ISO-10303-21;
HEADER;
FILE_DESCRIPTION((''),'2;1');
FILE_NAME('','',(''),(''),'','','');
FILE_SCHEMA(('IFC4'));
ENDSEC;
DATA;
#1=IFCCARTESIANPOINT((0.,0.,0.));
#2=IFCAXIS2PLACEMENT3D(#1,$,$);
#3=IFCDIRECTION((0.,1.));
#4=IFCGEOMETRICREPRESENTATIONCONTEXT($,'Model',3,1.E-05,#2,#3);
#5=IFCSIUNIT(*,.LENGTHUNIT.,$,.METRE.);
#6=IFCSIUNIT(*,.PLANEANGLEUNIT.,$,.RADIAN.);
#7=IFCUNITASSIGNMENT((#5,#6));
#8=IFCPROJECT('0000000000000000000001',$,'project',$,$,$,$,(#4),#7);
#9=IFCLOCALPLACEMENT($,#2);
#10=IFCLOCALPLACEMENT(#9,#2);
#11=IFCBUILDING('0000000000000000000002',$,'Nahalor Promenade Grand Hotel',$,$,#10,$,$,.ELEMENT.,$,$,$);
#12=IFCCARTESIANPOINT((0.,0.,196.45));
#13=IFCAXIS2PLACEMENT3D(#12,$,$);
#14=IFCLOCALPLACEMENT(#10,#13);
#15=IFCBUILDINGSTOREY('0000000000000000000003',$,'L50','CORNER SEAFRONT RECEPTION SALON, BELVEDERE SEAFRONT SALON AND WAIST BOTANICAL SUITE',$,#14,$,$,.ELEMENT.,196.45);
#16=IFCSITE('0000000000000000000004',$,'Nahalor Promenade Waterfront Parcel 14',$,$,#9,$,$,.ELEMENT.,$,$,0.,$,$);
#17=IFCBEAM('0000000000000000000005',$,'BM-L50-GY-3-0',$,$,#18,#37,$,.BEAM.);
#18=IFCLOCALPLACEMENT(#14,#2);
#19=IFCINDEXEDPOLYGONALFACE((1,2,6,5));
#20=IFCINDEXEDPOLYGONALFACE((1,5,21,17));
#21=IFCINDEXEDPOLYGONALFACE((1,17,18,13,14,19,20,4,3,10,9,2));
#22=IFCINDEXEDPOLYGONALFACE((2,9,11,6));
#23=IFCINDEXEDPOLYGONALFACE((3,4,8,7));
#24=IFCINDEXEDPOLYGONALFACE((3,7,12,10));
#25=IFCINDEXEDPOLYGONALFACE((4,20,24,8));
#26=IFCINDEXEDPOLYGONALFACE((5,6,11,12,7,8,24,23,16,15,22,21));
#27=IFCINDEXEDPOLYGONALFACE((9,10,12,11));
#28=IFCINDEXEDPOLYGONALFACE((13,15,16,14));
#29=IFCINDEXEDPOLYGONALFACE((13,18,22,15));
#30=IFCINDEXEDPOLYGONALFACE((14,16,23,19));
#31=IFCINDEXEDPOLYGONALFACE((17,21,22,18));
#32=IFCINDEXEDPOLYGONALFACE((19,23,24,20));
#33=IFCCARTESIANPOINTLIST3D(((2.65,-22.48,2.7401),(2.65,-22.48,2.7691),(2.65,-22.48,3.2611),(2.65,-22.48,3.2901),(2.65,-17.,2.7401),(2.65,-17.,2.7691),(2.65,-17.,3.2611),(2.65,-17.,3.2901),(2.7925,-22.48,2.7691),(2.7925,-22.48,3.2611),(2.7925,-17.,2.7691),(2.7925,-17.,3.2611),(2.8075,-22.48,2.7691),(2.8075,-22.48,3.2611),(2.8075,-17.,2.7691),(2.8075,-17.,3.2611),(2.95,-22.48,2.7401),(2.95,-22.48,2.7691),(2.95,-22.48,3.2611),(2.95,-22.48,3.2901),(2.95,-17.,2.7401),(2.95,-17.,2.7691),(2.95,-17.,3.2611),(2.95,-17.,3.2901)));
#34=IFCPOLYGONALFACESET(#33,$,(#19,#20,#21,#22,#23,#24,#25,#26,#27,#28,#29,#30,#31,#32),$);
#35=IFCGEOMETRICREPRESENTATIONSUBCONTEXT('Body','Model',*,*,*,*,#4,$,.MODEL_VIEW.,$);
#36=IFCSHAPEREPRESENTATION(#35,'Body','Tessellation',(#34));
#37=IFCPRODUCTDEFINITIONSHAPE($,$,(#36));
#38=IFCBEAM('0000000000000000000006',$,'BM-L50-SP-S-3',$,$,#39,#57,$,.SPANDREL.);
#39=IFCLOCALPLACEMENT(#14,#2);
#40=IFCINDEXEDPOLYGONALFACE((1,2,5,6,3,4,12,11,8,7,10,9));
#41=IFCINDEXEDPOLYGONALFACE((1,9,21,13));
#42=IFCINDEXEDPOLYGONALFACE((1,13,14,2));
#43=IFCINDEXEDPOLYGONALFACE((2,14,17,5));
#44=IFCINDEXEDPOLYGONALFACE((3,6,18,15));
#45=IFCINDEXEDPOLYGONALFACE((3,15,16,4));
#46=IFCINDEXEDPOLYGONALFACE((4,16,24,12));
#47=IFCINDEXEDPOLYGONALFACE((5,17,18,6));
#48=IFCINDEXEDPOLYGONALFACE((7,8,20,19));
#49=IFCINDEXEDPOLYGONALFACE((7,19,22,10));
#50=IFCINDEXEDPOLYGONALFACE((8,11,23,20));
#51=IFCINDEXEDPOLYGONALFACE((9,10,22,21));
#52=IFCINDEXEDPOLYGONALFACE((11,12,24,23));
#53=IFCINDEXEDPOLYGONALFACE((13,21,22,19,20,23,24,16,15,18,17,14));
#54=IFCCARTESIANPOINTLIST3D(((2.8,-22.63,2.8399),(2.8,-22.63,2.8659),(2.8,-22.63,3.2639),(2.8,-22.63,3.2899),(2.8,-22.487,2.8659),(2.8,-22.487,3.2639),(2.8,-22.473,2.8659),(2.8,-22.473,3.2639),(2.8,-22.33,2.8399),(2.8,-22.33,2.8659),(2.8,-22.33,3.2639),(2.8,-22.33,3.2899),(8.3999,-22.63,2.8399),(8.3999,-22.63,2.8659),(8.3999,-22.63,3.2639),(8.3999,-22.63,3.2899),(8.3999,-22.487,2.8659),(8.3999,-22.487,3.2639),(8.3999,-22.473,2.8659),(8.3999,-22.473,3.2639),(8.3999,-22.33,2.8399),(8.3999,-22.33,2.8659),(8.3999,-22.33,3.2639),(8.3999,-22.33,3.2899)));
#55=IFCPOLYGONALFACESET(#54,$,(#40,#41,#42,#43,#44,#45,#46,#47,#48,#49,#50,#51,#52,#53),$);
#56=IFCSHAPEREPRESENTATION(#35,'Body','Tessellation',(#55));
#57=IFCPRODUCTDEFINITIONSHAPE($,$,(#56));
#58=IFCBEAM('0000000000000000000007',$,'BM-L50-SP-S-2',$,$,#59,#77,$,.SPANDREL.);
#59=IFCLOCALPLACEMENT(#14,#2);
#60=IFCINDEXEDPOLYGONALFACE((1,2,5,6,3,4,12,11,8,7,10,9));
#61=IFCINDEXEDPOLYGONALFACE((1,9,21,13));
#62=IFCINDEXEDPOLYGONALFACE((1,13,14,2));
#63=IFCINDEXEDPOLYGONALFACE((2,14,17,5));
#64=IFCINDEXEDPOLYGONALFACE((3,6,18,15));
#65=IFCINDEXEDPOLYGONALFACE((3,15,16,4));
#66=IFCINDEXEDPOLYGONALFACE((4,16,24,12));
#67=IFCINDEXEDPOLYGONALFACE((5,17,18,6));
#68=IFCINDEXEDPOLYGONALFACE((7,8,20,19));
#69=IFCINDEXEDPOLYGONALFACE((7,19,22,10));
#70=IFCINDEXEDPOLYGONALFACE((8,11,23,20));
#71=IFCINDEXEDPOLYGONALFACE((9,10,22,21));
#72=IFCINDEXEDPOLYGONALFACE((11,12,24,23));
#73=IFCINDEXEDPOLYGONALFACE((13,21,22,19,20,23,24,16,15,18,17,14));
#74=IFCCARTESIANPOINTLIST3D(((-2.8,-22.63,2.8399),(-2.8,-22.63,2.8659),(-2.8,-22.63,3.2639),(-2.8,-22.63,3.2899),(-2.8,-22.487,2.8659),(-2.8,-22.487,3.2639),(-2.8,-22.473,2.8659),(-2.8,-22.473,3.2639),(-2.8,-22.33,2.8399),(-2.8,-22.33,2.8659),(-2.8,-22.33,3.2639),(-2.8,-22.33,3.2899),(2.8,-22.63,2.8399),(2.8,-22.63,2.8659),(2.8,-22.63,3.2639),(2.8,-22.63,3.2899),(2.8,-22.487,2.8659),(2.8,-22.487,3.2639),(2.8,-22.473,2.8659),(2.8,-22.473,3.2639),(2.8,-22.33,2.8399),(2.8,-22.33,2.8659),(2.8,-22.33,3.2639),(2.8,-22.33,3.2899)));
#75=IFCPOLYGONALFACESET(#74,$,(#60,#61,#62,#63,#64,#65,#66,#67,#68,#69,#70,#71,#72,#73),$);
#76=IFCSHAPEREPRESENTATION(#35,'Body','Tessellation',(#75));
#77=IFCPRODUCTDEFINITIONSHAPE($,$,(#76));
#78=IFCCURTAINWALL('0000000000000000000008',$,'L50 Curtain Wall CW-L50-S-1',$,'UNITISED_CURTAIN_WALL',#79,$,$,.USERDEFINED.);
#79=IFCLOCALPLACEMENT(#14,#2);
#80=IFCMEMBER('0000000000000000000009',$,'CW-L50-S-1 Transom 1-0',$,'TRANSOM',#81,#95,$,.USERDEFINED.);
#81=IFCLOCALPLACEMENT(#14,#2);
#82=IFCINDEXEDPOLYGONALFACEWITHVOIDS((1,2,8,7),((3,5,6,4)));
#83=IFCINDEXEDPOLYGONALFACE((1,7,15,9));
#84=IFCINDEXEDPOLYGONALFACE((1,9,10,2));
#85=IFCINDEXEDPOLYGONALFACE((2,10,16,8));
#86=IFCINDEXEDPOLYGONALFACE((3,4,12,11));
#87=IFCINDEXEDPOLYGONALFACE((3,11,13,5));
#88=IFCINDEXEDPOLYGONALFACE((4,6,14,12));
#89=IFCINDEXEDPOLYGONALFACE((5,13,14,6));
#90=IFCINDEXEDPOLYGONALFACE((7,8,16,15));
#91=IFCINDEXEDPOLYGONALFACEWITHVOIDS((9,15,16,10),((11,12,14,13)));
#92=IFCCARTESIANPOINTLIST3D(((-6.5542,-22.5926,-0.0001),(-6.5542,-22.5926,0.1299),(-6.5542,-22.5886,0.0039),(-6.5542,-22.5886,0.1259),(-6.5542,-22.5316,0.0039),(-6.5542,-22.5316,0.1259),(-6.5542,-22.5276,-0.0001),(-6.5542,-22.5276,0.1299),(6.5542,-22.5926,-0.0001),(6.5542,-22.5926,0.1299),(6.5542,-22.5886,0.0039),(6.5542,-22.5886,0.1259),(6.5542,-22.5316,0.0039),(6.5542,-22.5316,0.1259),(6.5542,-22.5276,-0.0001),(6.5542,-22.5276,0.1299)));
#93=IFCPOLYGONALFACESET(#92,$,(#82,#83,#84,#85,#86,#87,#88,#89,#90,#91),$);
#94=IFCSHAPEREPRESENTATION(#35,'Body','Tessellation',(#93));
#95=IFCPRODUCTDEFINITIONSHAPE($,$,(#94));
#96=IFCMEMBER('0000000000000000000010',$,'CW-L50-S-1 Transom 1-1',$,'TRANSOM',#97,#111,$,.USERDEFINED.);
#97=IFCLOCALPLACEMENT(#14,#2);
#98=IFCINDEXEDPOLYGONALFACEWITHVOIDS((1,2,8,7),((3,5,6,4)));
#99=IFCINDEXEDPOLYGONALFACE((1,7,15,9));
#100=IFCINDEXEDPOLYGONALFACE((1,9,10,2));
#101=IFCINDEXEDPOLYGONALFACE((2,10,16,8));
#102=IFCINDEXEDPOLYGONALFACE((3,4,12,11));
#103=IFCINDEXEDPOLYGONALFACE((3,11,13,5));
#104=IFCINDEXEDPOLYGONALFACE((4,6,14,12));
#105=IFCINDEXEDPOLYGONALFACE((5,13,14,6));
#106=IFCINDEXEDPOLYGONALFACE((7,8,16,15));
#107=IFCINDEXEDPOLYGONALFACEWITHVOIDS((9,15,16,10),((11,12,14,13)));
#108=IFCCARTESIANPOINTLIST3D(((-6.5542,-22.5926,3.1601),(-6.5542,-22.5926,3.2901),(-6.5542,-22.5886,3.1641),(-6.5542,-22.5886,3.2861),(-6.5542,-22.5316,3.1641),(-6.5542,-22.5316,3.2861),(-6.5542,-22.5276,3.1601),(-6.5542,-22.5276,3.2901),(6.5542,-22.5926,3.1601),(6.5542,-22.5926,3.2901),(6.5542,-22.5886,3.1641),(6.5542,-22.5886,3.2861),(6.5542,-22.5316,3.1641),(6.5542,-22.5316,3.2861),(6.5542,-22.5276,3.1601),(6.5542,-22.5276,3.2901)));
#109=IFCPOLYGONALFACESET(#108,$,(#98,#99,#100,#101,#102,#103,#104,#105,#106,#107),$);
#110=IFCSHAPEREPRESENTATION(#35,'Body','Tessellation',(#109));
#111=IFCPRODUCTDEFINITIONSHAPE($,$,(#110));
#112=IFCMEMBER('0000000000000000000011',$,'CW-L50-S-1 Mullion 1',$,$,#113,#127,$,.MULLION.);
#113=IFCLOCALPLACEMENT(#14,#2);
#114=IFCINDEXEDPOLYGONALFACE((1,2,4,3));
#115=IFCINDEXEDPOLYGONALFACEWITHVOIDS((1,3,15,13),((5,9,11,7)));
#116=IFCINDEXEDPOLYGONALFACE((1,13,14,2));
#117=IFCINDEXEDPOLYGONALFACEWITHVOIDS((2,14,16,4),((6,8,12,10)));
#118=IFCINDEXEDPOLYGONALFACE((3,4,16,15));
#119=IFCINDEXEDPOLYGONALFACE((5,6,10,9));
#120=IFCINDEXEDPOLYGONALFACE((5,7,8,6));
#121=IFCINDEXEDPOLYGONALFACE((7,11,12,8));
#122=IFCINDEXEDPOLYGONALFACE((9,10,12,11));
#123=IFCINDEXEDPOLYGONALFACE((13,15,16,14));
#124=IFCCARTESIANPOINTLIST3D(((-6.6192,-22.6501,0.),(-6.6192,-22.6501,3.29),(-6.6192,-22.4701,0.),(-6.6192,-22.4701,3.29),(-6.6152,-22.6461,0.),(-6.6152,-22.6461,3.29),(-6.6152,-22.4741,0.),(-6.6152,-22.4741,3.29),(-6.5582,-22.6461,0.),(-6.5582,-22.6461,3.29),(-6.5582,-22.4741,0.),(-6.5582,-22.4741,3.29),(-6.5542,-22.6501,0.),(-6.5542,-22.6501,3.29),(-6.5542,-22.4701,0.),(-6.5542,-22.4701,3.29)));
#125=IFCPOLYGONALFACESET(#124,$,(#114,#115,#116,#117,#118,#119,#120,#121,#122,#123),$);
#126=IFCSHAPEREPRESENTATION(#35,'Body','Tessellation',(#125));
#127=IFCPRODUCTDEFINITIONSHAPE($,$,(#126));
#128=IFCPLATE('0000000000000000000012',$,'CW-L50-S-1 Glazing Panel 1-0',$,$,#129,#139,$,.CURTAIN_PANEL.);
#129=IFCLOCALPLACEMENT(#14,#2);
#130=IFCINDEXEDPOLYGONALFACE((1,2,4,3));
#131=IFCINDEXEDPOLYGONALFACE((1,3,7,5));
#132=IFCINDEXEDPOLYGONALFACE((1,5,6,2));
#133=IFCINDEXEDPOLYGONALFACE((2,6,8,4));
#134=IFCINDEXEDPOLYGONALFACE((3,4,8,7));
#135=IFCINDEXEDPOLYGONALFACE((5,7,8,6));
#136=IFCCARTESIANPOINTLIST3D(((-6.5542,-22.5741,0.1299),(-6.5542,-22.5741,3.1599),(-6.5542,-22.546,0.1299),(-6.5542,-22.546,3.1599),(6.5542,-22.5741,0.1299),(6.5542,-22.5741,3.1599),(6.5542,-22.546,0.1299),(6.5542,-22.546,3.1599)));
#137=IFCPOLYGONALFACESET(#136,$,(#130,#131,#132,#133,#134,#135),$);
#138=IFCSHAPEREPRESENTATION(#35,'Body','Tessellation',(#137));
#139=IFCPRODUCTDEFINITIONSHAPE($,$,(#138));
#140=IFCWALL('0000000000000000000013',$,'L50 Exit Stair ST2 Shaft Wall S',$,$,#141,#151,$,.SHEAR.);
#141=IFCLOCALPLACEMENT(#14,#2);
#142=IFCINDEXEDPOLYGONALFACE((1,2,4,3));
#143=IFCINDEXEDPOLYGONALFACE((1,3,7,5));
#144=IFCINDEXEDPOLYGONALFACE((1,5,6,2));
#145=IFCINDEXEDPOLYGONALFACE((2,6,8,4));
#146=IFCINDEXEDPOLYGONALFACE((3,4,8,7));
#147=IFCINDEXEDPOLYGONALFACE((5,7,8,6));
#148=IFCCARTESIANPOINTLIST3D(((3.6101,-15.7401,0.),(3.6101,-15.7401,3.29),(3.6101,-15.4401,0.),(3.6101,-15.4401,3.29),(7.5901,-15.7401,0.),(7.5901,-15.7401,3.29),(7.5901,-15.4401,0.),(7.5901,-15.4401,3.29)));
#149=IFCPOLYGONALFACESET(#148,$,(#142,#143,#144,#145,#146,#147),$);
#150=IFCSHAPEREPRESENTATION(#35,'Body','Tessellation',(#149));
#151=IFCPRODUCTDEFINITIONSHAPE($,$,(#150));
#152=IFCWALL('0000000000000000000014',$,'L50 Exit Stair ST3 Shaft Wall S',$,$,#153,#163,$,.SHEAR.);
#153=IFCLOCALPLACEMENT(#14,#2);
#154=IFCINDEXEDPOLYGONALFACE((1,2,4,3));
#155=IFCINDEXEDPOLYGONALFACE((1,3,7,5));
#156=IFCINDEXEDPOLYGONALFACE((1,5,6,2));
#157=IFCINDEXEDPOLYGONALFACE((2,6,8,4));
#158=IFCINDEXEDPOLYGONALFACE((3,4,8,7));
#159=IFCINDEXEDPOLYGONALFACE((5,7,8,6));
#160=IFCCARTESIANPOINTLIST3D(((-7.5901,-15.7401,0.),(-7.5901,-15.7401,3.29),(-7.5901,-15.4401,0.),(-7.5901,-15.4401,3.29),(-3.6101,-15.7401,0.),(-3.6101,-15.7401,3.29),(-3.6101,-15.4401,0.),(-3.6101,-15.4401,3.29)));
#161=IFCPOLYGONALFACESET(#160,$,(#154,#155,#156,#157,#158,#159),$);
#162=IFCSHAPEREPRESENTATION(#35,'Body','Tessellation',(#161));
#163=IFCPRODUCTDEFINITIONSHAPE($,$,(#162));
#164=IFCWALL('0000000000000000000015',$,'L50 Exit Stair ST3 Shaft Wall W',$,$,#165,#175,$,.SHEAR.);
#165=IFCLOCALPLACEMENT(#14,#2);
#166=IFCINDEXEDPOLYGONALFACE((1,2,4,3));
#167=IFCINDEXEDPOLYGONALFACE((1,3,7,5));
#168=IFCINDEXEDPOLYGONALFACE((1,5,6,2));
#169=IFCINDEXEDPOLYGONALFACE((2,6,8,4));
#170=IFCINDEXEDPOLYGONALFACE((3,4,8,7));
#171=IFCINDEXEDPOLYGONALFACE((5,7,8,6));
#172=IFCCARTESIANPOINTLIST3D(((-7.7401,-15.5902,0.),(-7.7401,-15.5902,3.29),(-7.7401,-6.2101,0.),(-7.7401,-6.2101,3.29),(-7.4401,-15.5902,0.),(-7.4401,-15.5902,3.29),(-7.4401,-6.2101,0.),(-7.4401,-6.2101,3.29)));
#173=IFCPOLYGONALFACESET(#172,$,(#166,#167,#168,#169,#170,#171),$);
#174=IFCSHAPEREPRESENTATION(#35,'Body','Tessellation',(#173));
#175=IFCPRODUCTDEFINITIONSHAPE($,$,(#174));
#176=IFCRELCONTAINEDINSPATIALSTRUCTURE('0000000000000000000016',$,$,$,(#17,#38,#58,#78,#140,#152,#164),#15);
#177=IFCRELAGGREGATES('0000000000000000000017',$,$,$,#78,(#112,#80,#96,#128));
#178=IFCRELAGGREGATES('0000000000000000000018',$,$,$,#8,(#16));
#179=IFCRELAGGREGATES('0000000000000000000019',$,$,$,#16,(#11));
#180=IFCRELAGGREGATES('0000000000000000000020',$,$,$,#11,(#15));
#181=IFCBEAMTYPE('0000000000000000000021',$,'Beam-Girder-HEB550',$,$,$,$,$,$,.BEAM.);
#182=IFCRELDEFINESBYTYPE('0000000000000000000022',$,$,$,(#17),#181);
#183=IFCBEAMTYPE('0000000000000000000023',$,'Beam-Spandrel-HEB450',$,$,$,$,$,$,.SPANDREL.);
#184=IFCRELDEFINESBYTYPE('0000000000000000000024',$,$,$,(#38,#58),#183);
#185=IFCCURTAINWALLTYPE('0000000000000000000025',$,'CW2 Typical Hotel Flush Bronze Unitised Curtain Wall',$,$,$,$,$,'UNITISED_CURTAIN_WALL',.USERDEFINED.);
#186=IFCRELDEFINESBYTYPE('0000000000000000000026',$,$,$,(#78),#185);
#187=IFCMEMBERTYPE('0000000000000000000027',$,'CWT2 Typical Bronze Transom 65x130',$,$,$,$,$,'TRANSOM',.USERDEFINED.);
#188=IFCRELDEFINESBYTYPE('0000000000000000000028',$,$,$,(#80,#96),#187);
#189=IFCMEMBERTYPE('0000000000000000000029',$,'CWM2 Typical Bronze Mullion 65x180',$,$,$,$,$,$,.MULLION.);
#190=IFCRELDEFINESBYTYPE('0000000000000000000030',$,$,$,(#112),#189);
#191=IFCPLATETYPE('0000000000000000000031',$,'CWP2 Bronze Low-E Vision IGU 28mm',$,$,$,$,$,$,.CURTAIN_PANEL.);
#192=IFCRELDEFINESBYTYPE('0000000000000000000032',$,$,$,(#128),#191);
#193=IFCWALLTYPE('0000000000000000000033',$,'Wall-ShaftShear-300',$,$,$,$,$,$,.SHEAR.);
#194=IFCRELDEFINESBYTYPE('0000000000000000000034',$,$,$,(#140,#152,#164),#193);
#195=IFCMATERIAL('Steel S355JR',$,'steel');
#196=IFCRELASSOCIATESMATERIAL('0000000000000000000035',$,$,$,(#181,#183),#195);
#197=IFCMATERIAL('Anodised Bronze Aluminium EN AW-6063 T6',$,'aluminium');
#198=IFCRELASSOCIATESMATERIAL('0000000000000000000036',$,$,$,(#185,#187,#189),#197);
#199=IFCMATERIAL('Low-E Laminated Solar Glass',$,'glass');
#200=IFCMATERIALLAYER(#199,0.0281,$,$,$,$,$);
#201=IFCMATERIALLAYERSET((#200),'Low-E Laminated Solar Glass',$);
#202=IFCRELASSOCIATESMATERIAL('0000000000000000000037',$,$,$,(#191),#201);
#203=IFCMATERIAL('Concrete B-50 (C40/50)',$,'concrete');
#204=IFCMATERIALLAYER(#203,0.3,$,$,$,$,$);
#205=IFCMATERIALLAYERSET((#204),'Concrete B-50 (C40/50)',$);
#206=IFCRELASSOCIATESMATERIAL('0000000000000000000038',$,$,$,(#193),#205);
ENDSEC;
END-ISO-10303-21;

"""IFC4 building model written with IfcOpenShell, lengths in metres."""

from ifc_helpers import new_model, si_unit, direction, frame, frame_2d, origin, origin_2d, place, context, subcontext, project, spatial, rectangle, hollow_rectangle, i_section, extrude, source, transform, mapped, material, layer, layer_set, material_profile, profile_set, type_object, element, aggregate, save


model = new_model("IFC4")

# Units and contexts
model_context = context("Model", 3, precision=1e-05, world=origin(), true_north=direction((0.0, 1.0)))
body_context = subcontext(model_context, "Body", "Model", "MODEL_VIEW")
ifc_project = project(units=[si_unit("LENGTHUNIT", "METRE"), si_unit("PLANEANGLEUNIT", "RADIAN")], contexts=[model_context])

# Site, building, storey
site_placement = place(None, origin())
site = spatial("IfcSite", under=ifc_project, at=site_placement, Name="Nahalor Promenade Waterfront Parcel 14", CompositionType="ELEMENT", RefElevation=0.0)
building_placement = place(site_placement, origin())
building = spatial("IfcBuilding", under=site, at=building_placement, Name="Nahalor Promenade Grand Hotel", CompositionType="ELEMENT")
storey_placement = place(building_placement, frame((0.0, 0.0, 196.45)))
storey = spatial("IfcBuildingStorey", under=building, at=storey_placement, Name="L50", Description="CORNER SEAFRONT RECEPTION SALON, BELVEDERE SEAFRONT SALON AND WAIST BOTANICAL SUITE", CompositionType="ELEMENT", Elevation=196.45)

# Beams
ifc_material_1 = material(Name="Steel S355JR", Category="steel")
ifc_material_profile_1 = material_profile(ifc_material_1, i_section(OverallWidth=0.3, OverallDepth=0.55, WebThickness=0.015, FlangeThickness=0.029, at=origin_2d()), Name="HEB 550")
ifc_profile_set_1 = profile_set([ifc_material_profile_1], Name="Steel S355JR")
beam_type_1 = type_object("IfcBeamType", Name="Beam-Girder-HEB550", PredefinedType="BEAM", material=ifc_profile_set_1)
shared_shape_1 = source(origin(), body_context, "Body", "SweptSolid", [
    extrude(i_section(OverallWidth=0.3, OverallDepth=0.55, WebThickness=0.015, FlangeThickness=0.029, at=origin_2d()), origin(), (0.0, 0.0, 1.0), 5.48),
])
for number, where, z_axis, x_axis, name in (
    (1, (2.8, -22.48, 3.0151), (0.0, 1.0, 0.0), (-1.0, 0.0, 0.0), "BM-L50-GY-3-0"),
):
    element("IfcBeam", number, at=place(storey_placement, frame(where, z_axis=z_axis, x_axis=x_axis)), inside=storey, type_object=beam_type_1, Name=name, PredefinedType="BEAM", context=body_context, shape_type="MappedRepresentation", body=[
        mapped(shared_shape_1, transform((0.0, 0.0, 0.0), scale=1.0)),
    ])
ifc_material_profile_2 = material_profile(ifc_material_1, i_section(OverallWidth=0.3, OverallDepth=0.45, WebThickness=0.014, FlangeThickness=0.026, at=origin_2d()), Name="HEB 450")
ifc_profile_set_2 = profile_set([ifc_material_profile_2], Name="Steel S355JR")
beam_type_2 = type_object("IfcBeamType", Name="Beam-Spandrel-HEB450", PredefinedType="SPANDREL", material=ifc_profile_set_2)
shared_shape_2 = source(origin(), body_context, "Body", "SweptSolid", [
    extrude(i_section(OverallWidth=0.3, OverallDepth=0.45, WebThickness=0.014, FlangeThickness=0.026, at=origin_2d()), origin(), (0.0, 0.0, 1.0), 5.5999),
])
beam_1_placement = place(storey_placement, frame((2.8, -22.48, 3.0649), z_axis=(1.0, 0.0, 0.0), x_axis=(0.0, 1.0, 0.0)))
element("IfcBeam", 2, at=beam_1_placement, inside=storey, type_object=beam_type_2, Name="BM-L50-SP-S-3", PredefinedType="SPANDREL", context=body_context, shape_type="MappedRepresentation", body=[
    mapped(shared_shape_2, transform((0.0, 0.0, 0.0), scale=1.0)),
])
shared_shape_3 = source(origin(), body_context, "Body", "SweptSolid", [
    extrude(i_section(OverallWidth=0.3, OverallDepth=0.45, WebThickness=0.014, FlangeThickness=0.026, at=origin_2d()), origin(), (0.0, 0.0, 1.0), 5.6001),
])
beam_2_placement = place(storey_placement, frame((-2.8, -22.48, 3.0649), z_axis=(1.0, 0.0, 0.0), x_axis=(0.0, 1.0, 0.0)))
element("IfcBeam", 3, at=beam_2_placement, inside=storey, type_object=beam_type_2, Name="BM-L50-SP-S-2", PredefinedType="SPANDREL", context=body_context, shape_type="MappedRepresentation", body=[
    mapped(shared_shape_3, transform((0.0, 0.0, 0.0), scale=1.0)),
])

# Curtain wall, members, plate
ifc_material_2 = material(Name="Anodised Bronze Aluminium EN AW-6063 T6", Category="aluminium")
curtain_wall_type = type_object("IfcCurtainWallType", Name="CW2 Typical Hotel Flush Bronze Unitised Curtain Wall", ElementType="UNITISED_CURTAIN_WALL", PredefinedType="USERDEFINED", material=ifc_material_2)
curtain_wall_placement = place(storey_placement, origin())
curtain_wall = element("IfcCurtainWall", 4, at=curtain_wall_placement, inside=storey, type_object=curtain_wall_type, Name="L50 Curtain Wall CW-L50-S-1", ObjectType="UNITISED_CURTAIN_WALL", PredefinedType="USERDEFINED")
ifc_material_profile_3 = material_profile(ifc_material_2, hollow_rectangle(XDim=0.065, YDim=0.13, WallThickness=0.004, at=origin_2d()), Name="CWT 65x130x4")
ifc_profile_set_3 = profile_set([ifc_material_profile_3], Name="Anodised Bronze Aluminium EN AW-6063 T6")
member_type_1 = type_object("IfcMemberType", Name="CWT2 Typical Bronze Transom 65x130", ElementType="TRANSOM", PredefinedType="USERDEFINED", material=ifc_profile_set_3)
shared_shape_4 = source(origin(), body_context, "Body", "SweptSolid", [
    extrude(hollow_rectangle(XDim=0.065, YDim=0.13, WallThickness=0.004, at=origin_2d()), origin(), (0.0, 0.0, 1.0), 13.1084),
])
member_1_placement = place(storey_placement, frame((-6.5542, -22.5601, 0.0649), z_axis=(1.0, 0.0, 0.0), x_axis=(0.0, 1.0, 0.0)))
member_1 = element("IfcMember", 5, at=member_1_placement, type_object=member_type_1, Name="CW-L50-S-1 Transom 1-0", ObjectType="TRANSOM", PredefinedType="USERDEFINED", context=body_context, shape_type="MappedRepresentation", body=[
    mapped(shared_shape_4, transform((0.0, 0.0, 0.0), scale=1.0)),
])
member_2_placement = place(storey_placement, frame((-6.5542, -22.5601, 3.2251), z_axis=(1.0, 0.0, 0.0), x_axis=(0.0, 1.0, 0.0)))
member_2 = element("IfcMember", 6, at=member_2_placement, type_object=member_type_1, Name="CW-L50-S-1 Transom 1-1", ObjectType="TRANSOM", PredefinedType="USERDEFINED", context=body_context, shape_type="MappedRepresentation", body=[
    mapped(shared_shape_4, transform((0.0, 0.0, 0.0), scale=1.0)),
])
ifc_material_profile_4 = material_profile(ifc_material_2, hollow_rectangle(XDim=0.065, YDim=0.18, WallThickness=0.004, at=origin_2d()), Name="CWM 65x180x4")
ifc_profile_set_4 = profile_set([ifc_material_profile_4], Name="Anodised Bronze Aluminium EN AW-6063 T6")
member_type_2 = type_object("IfcMemberType", Name="CWM2 Typical Bronze Mullion 65x180", PredefinedType="MULLION", material=ifc_profile_set_4)
shared_shape_5 = source(origin(), body_context, "Body", "SweptSolid", [
    extrude(hollow_rectangle(XDim=0.065, YDim=0.18, WallThickness=0.004, at=origin_2d()), origin(), (0.0, 0.0, 1.0), 3.29),
])
member_3_placement = place(storey_placement, frame((-6.5867, -22.5601, 0.0), z_axis=(0.0, 0.0, 1.0), x_axis=(1.0, 0.0, 0.0)))
member_3 = element("IfcMember", 7, at=member_3_placement, type_object=member_type_2, Name="CW-L50-S-1 Mullion 1", PredefinedType="MULLION", context=body_context, shape_type="MappedRepresentation", body=[
    mapped(shared_shape_5, transform((0.0, 0.0, 0.0), scale=1.0)),
])
ifc_material_3 = material(Name="Low-E Laminated Solar Glass", Category="glass")
ifc_layer_1 = layer(ifc_material_3, 0.0281)
ifc_layer_set_1 = layer_set([ifc_layer_1], Name="Low-E Laminated Solar Glass")
plate_type = type_object("IfcPlateType", Name="CWP2 Bronze Low-E Vision IGU 28mm", PredefinedType="CURTAIN_PANEL", material=ifc_layer_set_1)
shared_shape_6 = source(origin(), body_context, "Body", "SweptSolid", [
    extrude(rectangle(XDim=13.1084, YDim=0.0281, at=origin_2d()), origin(), (0.0, 0.0, 1.0), 3.03),
])
plate_placement = place(storey_placement, frame((0.0, -22.5601, 0.1299), z_axis=(0.0, 0.0, 1.0), x_axis=(1.0, 0.0, 0.0)))
plate = element("IfcPlate", 8, at=plate_placement, type_object=plate_type, Name="CW-L50-S-1 Glazing Panel 1-0", PredefinedType="CURTAIN_PANEL", context=body_context, shape_type="MappedRepresentation", body=[
    mapped(shared_shape_6, transform((0.0, 0.0, 0.0), scale=1.0)),
])
aggregate(curtain_wall, [member_3, member_1, member_2, plate])

# Walls
ifc_material_4 = material(Name="Concrete B-50 (C40/50)", Category="concrete")
ifc_layer_2 = layer(ifc_material_4, 0.3)
ifc_layer_set_2 = layer_set([ifc_layer_2], Name="Concrete B-50 (C40/50)")
wall_type_1 = type_object("IfcWallType", Name="Wall-ShaftShear-300", PredefinedType="SHEAR", material=ifc_layer_set_2)
shared_shape_7 = source(origin(), body_context, "Body", "SweptSolid", [
    extrude(rectangle(XDim=3.98, YDim=0.3, at=frame_2d((1.99, 0.0))), origin(), (0.0, 0.0, 1.0), 3.29),
])
for number, where, z_axis, x_axis, name in (
    (9, (3.6101, -15.5901, 0.0), (0.0, 0.0, 1.0), (1.0, 0.0, 0.0), "L50 Exit Stair ST2 Shaft Wall S"),
    (10, (-7.5901, -15.5901, 0.0), (0.0, 0.0, 1.0), (1.0, 0.0, 0.0), "L50 Exit Stair ST3 Shaft Wall S"),
):
    element("IfcWall", number, at=place(storey_placement, frame(where, z_axis=z_axis, x_axis=x_axis)), inside=storey, type_object=wall_type_1, Name=name, PredefinedType="SHEAR", context=body_context, shape_type="MappedRepresentation", body=[
        mapped(shared_shape_7, transform((0.0, 0.0, 0.0), scale=1.0)),
    ])
shared_shape_8 = source(origin(), body_context, "Body", "SweptSolid", [
    extrude(rectangle(XDim=9.3801, YDim=0.3, at=frame_2d((4.6899, 0.0))), origin(), (0.0, 0.0, 1.0), 3.29),
])
for number, where, z_axis, x_axis, name in (
    (11, (-7.5901, -15.5901, 0.0), (0.0, 0.0, 1.0), (0.0, 1.0, 0.0), "L50 Exit Stair ST3 Shaft Wall W"),
):
    element("IfcWall", number, at=place(storey_placement, frame(where, z_axis=z_axis, x_axis=x_axis)), inside=storey, type_object=wall_type_1, Name=name, PredefinedType="SHEAR", context=body_context, shape_type="MappedRepresentation", body=[
        mapped(shared_shape_8, transform((0.0, 0.0, 0.0), scale=1.0)),
    ])

save(model, "model.ifc")
